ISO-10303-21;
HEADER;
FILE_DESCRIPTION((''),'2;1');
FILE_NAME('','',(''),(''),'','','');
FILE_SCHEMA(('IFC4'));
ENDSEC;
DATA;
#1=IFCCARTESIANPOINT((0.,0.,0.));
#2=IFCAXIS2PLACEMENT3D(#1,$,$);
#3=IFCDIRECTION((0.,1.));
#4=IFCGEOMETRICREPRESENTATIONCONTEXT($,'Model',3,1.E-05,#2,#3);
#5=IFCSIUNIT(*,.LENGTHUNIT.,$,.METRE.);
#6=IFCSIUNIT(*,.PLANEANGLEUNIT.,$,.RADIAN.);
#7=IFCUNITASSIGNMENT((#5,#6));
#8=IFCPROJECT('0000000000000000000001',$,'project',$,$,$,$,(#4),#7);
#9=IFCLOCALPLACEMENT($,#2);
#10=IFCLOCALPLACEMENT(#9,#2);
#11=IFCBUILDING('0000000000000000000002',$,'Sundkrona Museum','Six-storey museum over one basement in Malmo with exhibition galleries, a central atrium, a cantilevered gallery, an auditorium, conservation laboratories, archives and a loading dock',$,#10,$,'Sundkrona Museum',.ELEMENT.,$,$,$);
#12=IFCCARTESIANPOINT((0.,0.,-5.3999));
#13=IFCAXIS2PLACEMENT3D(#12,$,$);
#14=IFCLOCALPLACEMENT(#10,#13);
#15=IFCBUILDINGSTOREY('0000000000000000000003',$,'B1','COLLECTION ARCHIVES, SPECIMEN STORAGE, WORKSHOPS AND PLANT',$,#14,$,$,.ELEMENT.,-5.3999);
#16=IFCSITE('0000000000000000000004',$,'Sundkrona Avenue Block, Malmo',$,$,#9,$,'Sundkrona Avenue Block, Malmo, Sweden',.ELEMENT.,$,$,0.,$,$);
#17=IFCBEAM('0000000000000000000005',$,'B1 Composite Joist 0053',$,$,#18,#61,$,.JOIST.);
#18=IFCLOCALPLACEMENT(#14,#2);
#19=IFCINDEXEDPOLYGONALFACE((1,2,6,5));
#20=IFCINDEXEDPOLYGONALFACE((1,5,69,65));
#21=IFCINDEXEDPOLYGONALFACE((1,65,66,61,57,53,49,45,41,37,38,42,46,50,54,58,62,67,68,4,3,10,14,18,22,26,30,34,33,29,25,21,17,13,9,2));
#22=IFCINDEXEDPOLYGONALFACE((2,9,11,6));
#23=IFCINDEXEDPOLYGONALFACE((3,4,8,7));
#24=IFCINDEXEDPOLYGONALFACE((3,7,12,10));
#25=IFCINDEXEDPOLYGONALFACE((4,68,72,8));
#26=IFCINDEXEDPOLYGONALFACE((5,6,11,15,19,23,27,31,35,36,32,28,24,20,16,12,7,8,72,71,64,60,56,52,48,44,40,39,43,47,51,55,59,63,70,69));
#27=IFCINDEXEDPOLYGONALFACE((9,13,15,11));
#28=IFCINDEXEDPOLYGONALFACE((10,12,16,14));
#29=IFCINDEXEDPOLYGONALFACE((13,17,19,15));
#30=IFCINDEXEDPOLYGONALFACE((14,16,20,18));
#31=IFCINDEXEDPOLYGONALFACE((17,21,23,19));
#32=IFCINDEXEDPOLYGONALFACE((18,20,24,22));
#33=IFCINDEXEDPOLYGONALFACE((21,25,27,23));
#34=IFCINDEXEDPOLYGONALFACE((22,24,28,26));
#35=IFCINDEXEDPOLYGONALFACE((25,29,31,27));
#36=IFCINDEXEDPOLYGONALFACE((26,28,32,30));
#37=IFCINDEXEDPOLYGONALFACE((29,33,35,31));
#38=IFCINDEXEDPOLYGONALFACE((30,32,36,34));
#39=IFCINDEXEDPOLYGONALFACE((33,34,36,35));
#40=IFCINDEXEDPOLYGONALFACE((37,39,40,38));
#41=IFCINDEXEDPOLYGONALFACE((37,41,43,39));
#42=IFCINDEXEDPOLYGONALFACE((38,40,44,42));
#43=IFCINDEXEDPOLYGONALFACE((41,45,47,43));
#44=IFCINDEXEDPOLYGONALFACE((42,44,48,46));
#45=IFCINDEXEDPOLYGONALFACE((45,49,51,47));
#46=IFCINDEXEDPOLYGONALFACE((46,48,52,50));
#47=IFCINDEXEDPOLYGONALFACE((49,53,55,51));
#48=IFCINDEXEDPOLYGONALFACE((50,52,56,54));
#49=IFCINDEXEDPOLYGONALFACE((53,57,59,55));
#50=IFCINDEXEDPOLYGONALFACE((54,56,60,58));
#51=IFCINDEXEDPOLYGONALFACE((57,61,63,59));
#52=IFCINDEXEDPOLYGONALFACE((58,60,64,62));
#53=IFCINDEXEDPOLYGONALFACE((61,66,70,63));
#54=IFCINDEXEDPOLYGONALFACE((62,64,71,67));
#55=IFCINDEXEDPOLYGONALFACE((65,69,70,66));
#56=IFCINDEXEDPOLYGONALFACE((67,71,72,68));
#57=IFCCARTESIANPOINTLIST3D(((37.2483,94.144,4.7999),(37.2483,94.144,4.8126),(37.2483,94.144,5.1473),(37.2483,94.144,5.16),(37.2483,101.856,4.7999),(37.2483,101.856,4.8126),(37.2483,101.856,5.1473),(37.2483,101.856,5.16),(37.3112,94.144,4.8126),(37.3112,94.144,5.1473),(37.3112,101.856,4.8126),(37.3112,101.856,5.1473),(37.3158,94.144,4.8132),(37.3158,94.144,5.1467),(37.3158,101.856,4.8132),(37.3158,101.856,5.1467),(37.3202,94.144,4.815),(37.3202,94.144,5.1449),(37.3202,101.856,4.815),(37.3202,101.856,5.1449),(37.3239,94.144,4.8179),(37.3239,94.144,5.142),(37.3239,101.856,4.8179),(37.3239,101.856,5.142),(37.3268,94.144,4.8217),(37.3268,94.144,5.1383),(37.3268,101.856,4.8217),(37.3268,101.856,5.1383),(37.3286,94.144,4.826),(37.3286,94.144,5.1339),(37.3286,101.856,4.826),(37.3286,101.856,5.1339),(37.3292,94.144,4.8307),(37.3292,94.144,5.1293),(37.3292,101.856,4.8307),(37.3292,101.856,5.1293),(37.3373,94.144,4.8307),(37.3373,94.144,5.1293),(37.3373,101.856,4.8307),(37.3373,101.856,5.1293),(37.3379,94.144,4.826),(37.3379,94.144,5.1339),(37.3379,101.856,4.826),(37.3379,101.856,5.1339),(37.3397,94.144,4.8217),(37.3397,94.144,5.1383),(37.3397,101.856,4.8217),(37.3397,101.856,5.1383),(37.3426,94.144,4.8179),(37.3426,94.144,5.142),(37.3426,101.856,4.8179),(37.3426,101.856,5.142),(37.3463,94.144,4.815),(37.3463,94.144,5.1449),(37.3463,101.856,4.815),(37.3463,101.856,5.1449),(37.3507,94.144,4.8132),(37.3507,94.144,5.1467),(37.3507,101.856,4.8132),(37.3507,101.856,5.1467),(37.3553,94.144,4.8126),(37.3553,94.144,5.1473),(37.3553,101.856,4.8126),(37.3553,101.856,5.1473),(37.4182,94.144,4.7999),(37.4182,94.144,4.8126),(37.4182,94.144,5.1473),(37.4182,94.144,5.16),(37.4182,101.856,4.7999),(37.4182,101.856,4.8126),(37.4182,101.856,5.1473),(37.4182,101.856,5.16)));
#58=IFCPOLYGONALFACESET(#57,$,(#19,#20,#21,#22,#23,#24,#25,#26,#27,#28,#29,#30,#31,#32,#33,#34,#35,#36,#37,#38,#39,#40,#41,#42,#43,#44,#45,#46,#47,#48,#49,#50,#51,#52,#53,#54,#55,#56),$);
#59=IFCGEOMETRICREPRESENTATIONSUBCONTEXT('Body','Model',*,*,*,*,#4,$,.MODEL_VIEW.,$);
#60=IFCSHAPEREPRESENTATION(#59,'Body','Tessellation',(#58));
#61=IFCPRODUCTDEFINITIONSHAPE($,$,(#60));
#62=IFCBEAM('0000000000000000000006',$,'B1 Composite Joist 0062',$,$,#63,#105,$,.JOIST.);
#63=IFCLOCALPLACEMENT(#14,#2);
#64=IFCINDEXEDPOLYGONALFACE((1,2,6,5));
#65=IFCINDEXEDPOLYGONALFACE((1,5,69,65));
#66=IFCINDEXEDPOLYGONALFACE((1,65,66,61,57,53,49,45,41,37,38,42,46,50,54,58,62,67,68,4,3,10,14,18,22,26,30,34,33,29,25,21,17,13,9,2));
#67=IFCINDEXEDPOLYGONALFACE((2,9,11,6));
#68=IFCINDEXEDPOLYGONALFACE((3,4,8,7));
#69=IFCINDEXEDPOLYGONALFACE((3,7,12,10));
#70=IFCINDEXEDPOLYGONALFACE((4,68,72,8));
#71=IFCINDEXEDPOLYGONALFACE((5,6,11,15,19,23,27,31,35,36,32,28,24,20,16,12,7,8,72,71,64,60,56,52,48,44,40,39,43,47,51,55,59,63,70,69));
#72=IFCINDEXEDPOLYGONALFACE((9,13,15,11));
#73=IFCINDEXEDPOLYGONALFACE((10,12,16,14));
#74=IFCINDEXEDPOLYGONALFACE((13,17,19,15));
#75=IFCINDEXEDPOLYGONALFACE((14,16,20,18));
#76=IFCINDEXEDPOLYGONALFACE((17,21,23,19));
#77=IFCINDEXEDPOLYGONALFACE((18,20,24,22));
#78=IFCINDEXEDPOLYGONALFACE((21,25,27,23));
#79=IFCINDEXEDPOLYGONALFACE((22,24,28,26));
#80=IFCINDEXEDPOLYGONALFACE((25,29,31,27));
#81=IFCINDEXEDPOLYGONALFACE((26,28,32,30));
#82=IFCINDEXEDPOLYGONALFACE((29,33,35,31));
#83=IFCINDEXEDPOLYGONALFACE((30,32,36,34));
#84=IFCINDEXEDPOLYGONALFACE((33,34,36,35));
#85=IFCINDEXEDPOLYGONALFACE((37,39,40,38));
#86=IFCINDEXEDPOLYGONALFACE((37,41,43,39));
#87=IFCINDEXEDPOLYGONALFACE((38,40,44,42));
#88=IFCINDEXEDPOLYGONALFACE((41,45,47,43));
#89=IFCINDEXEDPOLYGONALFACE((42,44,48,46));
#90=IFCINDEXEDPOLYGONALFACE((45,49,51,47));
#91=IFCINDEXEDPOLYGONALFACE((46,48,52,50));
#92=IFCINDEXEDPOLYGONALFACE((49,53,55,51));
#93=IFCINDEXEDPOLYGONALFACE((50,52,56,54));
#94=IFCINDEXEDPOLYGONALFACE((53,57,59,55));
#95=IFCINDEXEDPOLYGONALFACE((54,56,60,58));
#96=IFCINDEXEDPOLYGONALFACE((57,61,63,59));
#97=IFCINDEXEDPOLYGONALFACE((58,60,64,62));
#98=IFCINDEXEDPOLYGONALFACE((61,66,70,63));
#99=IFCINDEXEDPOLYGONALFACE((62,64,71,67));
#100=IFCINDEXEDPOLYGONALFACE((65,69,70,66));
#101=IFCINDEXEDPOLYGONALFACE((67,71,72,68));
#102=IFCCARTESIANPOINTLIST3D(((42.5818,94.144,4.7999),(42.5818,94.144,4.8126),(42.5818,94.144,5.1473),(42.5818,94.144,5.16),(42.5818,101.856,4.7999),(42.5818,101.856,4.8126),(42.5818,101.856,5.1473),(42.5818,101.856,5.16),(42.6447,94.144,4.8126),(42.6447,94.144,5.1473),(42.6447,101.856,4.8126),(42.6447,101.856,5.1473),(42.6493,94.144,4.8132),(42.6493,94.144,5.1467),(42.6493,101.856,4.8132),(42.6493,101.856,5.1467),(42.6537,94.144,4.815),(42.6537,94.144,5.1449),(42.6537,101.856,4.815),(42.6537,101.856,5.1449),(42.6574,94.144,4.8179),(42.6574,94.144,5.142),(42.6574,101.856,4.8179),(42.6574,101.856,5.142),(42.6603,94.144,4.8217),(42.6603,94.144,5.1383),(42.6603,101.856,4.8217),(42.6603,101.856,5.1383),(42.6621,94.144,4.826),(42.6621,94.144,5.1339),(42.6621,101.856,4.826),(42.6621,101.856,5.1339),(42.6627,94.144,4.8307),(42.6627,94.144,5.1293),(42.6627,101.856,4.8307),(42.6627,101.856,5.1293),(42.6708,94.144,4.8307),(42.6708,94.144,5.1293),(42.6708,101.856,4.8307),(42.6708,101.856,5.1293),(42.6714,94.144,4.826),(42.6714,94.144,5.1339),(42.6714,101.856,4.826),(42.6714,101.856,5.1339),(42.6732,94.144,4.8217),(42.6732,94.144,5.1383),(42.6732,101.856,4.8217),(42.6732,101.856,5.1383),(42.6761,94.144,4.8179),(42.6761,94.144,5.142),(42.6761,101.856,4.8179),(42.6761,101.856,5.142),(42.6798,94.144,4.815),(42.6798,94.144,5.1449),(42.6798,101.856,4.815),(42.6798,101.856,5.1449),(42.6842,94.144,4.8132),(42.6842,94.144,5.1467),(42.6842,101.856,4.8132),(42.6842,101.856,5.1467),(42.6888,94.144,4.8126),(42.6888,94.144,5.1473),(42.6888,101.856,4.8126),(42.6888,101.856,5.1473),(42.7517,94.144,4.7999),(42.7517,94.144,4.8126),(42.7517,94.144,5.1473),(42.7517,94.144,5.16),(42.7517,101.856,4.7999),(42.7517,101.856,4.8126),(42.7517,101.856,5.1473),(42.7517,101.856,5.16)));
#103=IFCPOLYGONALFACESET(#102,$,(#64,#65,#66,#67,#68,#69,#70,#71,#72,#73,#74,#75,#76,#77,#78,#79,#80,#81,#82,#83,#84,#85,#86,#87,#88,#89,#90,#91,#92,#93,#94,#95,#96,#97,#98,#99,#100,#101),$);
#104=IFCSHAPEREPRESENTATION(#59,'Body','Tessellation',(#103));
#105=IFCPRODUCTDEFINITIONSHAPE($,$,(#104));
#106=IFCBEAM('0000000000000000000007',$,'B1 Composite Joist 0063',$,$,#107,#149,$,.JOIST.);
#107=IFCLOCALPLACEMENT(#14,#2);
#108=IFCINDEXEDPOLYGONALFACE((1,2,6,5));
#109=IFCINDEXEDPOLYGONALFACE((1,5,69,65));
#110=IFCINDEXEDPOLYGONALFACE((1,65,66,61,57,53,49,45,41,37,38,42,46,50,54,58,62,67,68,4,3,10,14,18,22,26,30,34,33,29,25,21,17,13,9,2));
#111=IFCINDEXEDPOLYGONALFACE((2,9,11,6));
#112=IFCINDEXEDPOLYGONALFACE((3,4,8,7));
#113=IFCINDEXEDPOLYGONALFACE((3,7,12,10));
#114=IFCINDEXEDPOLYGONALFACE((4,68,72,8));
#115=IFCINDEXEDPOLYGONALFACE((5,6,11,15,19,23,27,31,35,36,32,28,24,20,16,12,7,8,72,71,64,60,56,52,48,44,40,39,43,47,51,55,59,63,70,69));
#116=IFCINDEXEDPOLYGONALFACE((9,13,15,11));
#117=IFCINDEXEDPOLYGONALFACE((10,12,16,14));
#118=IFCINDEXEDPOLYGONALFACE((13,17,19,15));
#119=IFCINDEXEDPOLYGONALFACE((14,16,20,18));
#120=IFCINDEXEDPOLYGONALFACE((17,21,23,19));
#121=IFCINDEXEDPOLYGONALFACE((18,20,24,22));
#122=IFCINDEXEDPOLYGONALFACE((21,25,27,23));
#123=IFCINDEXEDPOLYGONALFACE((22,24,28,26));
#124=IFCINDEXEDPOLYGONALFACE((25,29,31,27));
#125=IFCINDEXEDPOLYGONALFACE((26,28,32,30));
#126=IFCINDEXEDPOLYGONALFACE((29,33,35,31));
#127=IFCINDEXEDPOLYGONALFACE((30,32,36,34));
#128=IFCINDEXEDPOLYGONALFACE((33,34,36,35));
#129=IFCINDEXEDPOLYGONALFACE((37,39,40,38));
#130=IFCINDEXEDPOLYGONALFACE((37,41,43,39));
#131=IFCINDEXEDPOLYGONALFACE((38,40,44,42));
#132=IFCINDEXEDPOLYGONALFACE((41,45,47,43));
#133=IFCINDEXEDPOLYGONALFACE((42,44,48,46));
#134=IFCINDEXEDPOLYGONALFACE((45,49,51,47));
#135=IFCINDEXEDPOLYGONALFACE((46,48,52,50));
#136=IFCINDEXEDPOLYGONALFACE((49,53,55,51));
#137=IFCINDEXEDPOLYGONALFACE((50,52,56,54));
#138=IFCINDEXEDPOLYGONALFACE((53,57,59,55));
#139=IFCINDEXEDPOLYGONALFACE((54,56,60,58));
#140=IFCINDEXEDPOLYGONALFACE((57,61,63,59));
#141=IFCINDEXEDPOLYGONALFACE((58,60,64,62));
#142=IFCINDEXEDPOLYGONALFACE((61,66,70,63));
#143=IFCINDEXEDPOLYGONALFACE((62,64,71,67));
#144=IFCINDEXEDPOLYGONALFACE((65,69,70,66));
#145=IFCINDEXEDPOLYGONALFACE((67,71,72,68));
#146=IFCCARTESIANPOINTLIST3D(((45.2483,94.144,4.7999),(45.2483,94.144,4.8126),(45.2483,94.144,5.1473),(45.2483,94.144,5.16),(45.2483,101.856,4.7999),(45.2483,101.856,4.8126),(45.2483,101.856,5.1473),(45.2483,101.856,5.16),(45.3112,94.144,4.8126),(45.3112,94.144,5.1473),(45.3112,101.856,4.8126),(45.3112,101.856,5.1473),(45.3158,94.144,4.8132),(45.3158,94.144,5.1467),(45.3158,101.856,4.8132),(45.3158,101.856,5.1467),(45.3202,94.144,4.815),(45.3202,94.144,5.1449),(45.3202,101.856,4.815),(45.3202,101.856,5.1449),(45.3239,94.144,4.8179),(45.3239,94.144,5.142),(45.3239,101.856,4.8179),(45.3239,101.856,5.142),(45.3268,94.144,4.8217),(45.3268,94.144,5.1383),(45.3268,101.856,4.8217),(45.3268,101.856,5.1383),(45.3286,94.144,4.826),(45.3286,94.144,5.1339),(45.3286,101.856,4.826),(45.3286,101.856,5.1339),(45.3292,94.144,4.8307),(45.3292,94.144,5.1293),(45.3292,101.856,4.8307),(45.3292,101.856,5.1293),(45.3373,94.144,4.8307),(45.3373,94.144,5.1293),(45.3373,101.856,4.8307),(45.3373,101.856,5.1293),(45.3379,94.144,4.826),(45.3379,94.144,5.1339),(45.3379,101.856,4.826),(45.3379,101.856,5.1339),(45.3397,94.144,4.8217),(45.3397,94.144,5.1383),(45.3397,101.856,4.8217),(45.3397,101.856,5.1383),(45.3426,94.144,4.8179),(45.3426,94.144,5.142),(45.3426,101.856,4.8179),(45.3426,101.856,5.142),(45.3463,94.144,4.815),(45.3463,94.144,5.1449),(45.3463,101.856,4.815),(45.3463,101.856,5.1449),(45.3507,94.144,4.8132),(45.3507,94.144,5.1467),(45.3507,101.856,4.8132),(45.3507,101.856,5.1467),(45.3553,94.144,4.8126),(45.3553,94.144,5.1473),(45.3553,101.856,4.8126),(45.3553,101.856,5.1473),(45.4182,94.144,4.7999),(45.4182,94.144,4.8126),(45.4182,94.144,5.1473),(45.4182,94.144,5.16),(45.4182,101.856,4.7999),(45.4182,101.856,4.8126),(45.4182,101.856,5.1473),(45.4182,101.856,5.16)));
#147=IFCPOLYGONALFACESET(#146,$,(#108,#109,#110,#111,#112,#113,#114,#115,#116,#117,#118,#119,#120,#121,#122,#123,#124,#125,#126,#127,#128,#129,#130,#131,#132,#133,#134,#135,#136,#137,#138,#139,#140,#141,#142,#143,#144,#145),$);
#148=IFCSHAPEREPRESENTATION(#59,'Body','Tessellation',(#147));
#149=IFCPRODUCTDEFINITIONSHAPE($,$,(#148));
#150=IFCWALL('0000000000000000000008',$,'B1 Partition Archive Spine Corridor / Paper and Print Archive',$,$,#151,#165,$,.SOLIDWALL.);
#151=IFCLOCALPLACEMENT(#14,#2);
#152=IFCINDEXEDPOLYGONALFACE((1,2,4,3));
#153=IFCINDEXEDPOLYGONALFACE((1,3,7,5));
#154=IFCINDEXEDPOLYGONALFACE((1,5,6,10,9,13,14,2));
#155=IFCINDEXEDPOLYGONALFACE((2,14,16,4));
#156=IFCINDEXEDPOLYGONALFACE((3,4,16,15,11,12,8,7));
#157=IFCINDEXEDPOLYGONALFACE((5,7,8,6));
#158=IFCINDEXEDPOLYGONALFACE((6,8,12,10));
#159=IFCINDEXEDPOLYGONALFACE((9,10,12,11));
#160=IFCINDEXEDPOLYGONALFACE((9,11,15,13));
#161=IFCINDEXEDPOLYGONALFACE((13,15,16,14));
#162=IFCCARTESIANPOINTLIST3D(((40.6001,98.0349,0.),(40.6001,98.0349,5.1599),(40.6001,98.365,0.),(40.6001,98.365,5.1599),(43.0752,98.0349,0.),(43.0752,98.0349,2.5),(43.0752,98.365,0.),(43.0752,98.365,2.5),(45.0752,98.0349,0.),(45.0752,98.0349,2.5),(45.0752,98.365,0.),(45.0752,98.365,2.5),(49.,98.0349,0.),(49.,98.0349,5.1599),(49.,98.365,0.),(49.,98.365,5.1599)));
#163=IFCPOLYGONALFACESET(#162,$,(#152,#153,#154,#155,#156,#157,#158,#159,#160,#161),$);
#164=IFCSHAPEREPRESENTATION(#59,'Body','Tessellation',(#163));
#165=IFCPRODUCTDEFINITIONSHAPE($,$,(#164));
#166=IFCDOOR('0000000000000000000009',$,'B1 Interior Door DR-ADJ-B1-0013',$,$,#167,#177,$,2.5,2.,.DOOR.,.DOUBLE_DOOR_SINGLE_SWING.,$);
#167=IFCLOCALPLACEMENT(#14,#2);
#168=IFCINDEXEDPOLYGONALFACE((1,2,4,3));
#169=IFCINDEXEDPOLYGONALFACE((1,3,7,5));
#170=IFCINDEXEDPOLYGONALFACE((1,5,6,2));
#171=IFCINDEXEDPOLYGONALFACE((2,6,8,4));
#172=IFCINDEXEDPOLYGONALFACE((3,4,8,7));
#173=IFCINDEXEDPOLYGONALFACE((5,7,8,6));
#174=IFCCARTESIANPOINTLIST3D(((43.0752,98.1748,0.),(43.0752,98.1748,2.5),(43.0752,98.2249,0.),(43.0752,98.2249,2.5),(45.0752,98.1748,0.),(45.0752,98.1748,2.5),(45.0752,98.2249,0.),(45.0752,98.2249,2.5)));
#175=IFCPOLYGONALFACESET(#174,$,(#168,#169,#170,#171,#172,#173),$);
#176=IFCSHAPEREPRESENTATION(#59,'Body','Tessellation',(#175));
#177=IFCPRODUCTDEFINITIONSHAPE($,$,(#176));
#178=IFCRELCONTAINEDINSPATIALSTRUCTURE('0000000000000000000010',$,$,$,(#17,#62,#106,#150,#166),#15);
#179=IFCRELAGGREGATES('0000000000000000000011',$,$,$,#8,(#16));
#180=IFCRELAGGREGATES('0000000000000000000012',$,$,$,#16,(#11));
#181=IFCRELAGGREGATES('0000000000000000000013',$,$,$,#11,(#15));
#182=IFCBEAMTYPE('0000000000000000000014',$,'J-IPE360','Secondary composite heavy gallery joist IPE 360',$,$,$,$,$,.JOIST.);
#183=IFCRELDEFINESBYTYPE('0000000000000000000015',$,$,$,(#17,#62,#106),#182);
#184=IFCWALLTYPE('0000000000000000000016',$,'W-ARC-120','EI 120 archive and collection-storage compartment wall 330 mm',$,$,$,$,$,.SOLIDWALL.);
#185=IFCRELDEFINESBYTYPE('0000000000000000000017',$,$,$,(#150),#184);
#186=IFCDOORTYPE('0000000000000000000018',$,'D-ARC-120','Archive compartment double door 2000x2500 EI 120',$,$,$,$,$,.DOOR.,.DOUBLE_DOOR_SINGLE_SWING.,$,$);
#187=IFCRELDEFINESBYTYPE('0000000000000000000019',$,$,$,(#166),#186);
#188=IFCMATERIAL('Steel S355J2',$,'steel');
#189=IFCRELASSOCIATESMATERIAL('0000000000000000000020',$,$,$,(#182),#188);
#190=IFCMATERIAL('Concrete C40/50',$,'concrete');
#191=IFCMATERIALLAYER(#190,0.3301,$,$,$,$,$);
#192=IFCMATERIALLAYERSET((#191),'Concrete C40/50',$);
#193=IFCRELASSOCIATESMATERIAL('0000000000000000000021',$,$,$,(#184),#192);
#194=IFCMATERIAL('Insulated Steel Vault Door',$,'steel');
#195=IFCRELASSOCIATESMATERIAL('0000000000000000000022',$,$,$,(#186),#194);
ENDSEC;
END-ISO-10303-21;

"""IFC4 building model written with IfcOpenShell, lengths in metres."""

from ifc_helpers import new_model, si_unit, direction, frame, frame_2d, origin, origin_2d, place, context, subcontext, project, spatial, rectangle, i_section, extrude, material, layer, layer_set, material_profile, profile_set, type_object, element, fill, save


model = new_model("IFC4")

# Units and contexts
model_context = context("Model", 3, precision=1e-05, world=origin(), true_north=direction((0.0, 1.0)))
body_context = subcontext(model_context, "Body", "Model", "MODEL_VIEW")
ifc_project = project(units=[si_unit("LENGTHUNIT", "METRE"), si_unit("PLANEANGLEUNIT", "RADIAN")], contexts=[model_context])

# Site, building, storey
site_placement = place(None, origin())
site = spatial("IfcSite", under=ifc_project, at=site_placement, Name="Sundkrona Avenue Block, Malmo", LongName="Sundkrona Avenue Block, Malmo, Sweden", CompositionType="ELEMENT", RefElevation=0.0)
building_placement = place(site_placement, origin())
building = spatial("IfcBuilding", under=site, at=building_placement, Name="Sundkrona Museum", Description="Six-storey museum over one basement in Malmo with exhibition galleries, a central atrium, a cantilevered gallery, an auditorium, conservation laboratories, archives and a loading dock", LongName="Sundkrona Museum", CompositionType="ELEMENT")
storey_placement = place(building_placement, frame((0.0, 0.0, -5.3999)))
storey = spatial("IfcBuildingStorey", under=building, at=storey_placement, Name="B1", Description="COLLECTION ARCHIVES, SPECIMEN STORAGE, WORKSHOPS AND PLANT", CompositionType="ELEMENT", Elevation=-5.3999)

# Shared definitions
ifc_material_1 = material(Name="Concrete C40/50", Category="concrete")

# Beams
ifc_material_2 = material(Name="Steel S355J2", Category="steel")
ifc_material_profile_1 = material_profile(ifc_material_2, i_section(OverallWidth=0.1699, OverallDepth=0.3601, WebThickness=0.0081, FlangeThickness=0.0127, FilletRadius=0.0181, at=origin_2d()), Name="IPE 360")
ifc_profile_set_1 = profile_set([ifc_material_profile_1], Name="Steel S355J2")
beam_type_1 = type_object("IfcBeamType", Name="J-IPE360", Description="Secondary composite heavy gallery joist IPE 360", PredefinedType="JOIST", material=ifc_profile_set_1)
for number, where, z_axis, x_axis, name in (
    (1, (37.3333, 94.144, 4.98), (0.0, 1.0, 0.0), (-1.0, 0.0, 0.0), "B1 Composite Joist 0053"),
    (2, (42.6667, 94.144, 4.98), (0.0, 1.0, 0.0), (-1.0, 0.0, 0.0), "B1 Composite Joist 0062"),
    (3, (45.3333, 94.144, 4.98), (0.0, 1.0, 0.0), (-1.0, 0.0, 0.0), "B1 Composite Joist 0063"),
):
    element("IfcBeam", number, at=place(storey_placement, frame(where, z_axis=z_axis, x_axis=x_axis)), inside=storey, type_object=beam_type_1, Name=name, PredefinedType="JOIST", context=body_context, shape_type="SweptSolid", body=[
        extrude(i_section(OverallWidth=0.1699, OverallDepth=0.3601, WebThickness=0.0081, FlangeThickness=0.0127, FilletRadius=0.0181, at=origin_2d()), origin(), (0.0, 0.0, 1.0), 7.7119),
    ])

# Wall, opening, door
ifc_layer = layer(ifc_material_1, 0.3301)
ifc_layer_set = layer_set([ifc_layer], Name="Concrete C40/50")
wall_type = type_object("IfcWallType", Name="W-ARC-120", Description="EI 120 archive and collection-storage compartment wall 330 mm", PredefinedType="SOLIDWALL", material=ifc_layer_set)
wall_1_placement = place(storey_placement, frame((40.6001, 98.2, 0.0), z_axis=(0.0, 0.0, 1.0), x_axis=(1.0, 0.0, 0.0)))
wall_1 = element("IfcWall", 4, at=wall_1_placement, inside=storey, type_object=wall_type, Name="B1 Partition Archive Spine Corridor / Paper and Print Archive", PredefinedType="SOLIDWALL", context=body_context, shape_type="SweptSolid", body=[
    extrude(rectangle(XDim=8.3999, YDim=0.3301, at=frame_2d((4.2, 0.0))), origin(), (0.0, 0.0, 1.0), 5.1599),
])
opening_1_placement = place(wall_1_placement, frame((2.4751, 0.0, 0.0)))
opening_1 = element("IfcOpeningElement", 5, at=opening_1_placement, cuts=wall_1, PredefinedType="OPENING", context=body_context, shape_type="SweptSolid", body=[
    extrude(rectangle(XDim=2.0, YDim=2.5, at=frame_2d((1.0, 1.25))), frame((0.0, 0.175, 0.0), z_axis=(0.0, -1.0, 0.0), x_axis=(1.0, 0.0, 0.0)), (0.0, 0.0, 1.0), 0.3501),
])
ifc_material_3 = material(Name="Insulated Steel Vault Door", Category="steel")
door_type = type_object("IfcDoorType", Name="D-ARC-120", Description="Archive compartment double door 2000x2500 EI 120", OperationType="DOUBLE_DOOR_SINGLE_SWING", PredefinedType="DOOR", material=ifc_material_3)
door_1_placement = place(opening_1_placement, origin())
door_1 = element("IfcDoor", 6, at=door_1_placement, inside=storey, type_object=door_type, Name="B1 Interior Door DR-ADJ-B1-0013", OperationType="DOUBLE_DOOR_SINGLE_SWING", OverallHeight=2.5, OverallWidth=2.0, PredefinedType="DOOR", context=body_context, shape_type="SweptSolid", body=[
    extrude(rectangle(XDim=2.0, YDim=2.5, at=frame_2d((1.0, 1.25))), frame((0.0, 0.0249, 0.0), z_axis=(0.0, -1.0, 0.0), x_axis=(1.0, 0.0, 0.0)), (0.0, 0.0, 1.0), 0.05),
])
fill(opening_1, door_1)

save(model, "model.ifc")
